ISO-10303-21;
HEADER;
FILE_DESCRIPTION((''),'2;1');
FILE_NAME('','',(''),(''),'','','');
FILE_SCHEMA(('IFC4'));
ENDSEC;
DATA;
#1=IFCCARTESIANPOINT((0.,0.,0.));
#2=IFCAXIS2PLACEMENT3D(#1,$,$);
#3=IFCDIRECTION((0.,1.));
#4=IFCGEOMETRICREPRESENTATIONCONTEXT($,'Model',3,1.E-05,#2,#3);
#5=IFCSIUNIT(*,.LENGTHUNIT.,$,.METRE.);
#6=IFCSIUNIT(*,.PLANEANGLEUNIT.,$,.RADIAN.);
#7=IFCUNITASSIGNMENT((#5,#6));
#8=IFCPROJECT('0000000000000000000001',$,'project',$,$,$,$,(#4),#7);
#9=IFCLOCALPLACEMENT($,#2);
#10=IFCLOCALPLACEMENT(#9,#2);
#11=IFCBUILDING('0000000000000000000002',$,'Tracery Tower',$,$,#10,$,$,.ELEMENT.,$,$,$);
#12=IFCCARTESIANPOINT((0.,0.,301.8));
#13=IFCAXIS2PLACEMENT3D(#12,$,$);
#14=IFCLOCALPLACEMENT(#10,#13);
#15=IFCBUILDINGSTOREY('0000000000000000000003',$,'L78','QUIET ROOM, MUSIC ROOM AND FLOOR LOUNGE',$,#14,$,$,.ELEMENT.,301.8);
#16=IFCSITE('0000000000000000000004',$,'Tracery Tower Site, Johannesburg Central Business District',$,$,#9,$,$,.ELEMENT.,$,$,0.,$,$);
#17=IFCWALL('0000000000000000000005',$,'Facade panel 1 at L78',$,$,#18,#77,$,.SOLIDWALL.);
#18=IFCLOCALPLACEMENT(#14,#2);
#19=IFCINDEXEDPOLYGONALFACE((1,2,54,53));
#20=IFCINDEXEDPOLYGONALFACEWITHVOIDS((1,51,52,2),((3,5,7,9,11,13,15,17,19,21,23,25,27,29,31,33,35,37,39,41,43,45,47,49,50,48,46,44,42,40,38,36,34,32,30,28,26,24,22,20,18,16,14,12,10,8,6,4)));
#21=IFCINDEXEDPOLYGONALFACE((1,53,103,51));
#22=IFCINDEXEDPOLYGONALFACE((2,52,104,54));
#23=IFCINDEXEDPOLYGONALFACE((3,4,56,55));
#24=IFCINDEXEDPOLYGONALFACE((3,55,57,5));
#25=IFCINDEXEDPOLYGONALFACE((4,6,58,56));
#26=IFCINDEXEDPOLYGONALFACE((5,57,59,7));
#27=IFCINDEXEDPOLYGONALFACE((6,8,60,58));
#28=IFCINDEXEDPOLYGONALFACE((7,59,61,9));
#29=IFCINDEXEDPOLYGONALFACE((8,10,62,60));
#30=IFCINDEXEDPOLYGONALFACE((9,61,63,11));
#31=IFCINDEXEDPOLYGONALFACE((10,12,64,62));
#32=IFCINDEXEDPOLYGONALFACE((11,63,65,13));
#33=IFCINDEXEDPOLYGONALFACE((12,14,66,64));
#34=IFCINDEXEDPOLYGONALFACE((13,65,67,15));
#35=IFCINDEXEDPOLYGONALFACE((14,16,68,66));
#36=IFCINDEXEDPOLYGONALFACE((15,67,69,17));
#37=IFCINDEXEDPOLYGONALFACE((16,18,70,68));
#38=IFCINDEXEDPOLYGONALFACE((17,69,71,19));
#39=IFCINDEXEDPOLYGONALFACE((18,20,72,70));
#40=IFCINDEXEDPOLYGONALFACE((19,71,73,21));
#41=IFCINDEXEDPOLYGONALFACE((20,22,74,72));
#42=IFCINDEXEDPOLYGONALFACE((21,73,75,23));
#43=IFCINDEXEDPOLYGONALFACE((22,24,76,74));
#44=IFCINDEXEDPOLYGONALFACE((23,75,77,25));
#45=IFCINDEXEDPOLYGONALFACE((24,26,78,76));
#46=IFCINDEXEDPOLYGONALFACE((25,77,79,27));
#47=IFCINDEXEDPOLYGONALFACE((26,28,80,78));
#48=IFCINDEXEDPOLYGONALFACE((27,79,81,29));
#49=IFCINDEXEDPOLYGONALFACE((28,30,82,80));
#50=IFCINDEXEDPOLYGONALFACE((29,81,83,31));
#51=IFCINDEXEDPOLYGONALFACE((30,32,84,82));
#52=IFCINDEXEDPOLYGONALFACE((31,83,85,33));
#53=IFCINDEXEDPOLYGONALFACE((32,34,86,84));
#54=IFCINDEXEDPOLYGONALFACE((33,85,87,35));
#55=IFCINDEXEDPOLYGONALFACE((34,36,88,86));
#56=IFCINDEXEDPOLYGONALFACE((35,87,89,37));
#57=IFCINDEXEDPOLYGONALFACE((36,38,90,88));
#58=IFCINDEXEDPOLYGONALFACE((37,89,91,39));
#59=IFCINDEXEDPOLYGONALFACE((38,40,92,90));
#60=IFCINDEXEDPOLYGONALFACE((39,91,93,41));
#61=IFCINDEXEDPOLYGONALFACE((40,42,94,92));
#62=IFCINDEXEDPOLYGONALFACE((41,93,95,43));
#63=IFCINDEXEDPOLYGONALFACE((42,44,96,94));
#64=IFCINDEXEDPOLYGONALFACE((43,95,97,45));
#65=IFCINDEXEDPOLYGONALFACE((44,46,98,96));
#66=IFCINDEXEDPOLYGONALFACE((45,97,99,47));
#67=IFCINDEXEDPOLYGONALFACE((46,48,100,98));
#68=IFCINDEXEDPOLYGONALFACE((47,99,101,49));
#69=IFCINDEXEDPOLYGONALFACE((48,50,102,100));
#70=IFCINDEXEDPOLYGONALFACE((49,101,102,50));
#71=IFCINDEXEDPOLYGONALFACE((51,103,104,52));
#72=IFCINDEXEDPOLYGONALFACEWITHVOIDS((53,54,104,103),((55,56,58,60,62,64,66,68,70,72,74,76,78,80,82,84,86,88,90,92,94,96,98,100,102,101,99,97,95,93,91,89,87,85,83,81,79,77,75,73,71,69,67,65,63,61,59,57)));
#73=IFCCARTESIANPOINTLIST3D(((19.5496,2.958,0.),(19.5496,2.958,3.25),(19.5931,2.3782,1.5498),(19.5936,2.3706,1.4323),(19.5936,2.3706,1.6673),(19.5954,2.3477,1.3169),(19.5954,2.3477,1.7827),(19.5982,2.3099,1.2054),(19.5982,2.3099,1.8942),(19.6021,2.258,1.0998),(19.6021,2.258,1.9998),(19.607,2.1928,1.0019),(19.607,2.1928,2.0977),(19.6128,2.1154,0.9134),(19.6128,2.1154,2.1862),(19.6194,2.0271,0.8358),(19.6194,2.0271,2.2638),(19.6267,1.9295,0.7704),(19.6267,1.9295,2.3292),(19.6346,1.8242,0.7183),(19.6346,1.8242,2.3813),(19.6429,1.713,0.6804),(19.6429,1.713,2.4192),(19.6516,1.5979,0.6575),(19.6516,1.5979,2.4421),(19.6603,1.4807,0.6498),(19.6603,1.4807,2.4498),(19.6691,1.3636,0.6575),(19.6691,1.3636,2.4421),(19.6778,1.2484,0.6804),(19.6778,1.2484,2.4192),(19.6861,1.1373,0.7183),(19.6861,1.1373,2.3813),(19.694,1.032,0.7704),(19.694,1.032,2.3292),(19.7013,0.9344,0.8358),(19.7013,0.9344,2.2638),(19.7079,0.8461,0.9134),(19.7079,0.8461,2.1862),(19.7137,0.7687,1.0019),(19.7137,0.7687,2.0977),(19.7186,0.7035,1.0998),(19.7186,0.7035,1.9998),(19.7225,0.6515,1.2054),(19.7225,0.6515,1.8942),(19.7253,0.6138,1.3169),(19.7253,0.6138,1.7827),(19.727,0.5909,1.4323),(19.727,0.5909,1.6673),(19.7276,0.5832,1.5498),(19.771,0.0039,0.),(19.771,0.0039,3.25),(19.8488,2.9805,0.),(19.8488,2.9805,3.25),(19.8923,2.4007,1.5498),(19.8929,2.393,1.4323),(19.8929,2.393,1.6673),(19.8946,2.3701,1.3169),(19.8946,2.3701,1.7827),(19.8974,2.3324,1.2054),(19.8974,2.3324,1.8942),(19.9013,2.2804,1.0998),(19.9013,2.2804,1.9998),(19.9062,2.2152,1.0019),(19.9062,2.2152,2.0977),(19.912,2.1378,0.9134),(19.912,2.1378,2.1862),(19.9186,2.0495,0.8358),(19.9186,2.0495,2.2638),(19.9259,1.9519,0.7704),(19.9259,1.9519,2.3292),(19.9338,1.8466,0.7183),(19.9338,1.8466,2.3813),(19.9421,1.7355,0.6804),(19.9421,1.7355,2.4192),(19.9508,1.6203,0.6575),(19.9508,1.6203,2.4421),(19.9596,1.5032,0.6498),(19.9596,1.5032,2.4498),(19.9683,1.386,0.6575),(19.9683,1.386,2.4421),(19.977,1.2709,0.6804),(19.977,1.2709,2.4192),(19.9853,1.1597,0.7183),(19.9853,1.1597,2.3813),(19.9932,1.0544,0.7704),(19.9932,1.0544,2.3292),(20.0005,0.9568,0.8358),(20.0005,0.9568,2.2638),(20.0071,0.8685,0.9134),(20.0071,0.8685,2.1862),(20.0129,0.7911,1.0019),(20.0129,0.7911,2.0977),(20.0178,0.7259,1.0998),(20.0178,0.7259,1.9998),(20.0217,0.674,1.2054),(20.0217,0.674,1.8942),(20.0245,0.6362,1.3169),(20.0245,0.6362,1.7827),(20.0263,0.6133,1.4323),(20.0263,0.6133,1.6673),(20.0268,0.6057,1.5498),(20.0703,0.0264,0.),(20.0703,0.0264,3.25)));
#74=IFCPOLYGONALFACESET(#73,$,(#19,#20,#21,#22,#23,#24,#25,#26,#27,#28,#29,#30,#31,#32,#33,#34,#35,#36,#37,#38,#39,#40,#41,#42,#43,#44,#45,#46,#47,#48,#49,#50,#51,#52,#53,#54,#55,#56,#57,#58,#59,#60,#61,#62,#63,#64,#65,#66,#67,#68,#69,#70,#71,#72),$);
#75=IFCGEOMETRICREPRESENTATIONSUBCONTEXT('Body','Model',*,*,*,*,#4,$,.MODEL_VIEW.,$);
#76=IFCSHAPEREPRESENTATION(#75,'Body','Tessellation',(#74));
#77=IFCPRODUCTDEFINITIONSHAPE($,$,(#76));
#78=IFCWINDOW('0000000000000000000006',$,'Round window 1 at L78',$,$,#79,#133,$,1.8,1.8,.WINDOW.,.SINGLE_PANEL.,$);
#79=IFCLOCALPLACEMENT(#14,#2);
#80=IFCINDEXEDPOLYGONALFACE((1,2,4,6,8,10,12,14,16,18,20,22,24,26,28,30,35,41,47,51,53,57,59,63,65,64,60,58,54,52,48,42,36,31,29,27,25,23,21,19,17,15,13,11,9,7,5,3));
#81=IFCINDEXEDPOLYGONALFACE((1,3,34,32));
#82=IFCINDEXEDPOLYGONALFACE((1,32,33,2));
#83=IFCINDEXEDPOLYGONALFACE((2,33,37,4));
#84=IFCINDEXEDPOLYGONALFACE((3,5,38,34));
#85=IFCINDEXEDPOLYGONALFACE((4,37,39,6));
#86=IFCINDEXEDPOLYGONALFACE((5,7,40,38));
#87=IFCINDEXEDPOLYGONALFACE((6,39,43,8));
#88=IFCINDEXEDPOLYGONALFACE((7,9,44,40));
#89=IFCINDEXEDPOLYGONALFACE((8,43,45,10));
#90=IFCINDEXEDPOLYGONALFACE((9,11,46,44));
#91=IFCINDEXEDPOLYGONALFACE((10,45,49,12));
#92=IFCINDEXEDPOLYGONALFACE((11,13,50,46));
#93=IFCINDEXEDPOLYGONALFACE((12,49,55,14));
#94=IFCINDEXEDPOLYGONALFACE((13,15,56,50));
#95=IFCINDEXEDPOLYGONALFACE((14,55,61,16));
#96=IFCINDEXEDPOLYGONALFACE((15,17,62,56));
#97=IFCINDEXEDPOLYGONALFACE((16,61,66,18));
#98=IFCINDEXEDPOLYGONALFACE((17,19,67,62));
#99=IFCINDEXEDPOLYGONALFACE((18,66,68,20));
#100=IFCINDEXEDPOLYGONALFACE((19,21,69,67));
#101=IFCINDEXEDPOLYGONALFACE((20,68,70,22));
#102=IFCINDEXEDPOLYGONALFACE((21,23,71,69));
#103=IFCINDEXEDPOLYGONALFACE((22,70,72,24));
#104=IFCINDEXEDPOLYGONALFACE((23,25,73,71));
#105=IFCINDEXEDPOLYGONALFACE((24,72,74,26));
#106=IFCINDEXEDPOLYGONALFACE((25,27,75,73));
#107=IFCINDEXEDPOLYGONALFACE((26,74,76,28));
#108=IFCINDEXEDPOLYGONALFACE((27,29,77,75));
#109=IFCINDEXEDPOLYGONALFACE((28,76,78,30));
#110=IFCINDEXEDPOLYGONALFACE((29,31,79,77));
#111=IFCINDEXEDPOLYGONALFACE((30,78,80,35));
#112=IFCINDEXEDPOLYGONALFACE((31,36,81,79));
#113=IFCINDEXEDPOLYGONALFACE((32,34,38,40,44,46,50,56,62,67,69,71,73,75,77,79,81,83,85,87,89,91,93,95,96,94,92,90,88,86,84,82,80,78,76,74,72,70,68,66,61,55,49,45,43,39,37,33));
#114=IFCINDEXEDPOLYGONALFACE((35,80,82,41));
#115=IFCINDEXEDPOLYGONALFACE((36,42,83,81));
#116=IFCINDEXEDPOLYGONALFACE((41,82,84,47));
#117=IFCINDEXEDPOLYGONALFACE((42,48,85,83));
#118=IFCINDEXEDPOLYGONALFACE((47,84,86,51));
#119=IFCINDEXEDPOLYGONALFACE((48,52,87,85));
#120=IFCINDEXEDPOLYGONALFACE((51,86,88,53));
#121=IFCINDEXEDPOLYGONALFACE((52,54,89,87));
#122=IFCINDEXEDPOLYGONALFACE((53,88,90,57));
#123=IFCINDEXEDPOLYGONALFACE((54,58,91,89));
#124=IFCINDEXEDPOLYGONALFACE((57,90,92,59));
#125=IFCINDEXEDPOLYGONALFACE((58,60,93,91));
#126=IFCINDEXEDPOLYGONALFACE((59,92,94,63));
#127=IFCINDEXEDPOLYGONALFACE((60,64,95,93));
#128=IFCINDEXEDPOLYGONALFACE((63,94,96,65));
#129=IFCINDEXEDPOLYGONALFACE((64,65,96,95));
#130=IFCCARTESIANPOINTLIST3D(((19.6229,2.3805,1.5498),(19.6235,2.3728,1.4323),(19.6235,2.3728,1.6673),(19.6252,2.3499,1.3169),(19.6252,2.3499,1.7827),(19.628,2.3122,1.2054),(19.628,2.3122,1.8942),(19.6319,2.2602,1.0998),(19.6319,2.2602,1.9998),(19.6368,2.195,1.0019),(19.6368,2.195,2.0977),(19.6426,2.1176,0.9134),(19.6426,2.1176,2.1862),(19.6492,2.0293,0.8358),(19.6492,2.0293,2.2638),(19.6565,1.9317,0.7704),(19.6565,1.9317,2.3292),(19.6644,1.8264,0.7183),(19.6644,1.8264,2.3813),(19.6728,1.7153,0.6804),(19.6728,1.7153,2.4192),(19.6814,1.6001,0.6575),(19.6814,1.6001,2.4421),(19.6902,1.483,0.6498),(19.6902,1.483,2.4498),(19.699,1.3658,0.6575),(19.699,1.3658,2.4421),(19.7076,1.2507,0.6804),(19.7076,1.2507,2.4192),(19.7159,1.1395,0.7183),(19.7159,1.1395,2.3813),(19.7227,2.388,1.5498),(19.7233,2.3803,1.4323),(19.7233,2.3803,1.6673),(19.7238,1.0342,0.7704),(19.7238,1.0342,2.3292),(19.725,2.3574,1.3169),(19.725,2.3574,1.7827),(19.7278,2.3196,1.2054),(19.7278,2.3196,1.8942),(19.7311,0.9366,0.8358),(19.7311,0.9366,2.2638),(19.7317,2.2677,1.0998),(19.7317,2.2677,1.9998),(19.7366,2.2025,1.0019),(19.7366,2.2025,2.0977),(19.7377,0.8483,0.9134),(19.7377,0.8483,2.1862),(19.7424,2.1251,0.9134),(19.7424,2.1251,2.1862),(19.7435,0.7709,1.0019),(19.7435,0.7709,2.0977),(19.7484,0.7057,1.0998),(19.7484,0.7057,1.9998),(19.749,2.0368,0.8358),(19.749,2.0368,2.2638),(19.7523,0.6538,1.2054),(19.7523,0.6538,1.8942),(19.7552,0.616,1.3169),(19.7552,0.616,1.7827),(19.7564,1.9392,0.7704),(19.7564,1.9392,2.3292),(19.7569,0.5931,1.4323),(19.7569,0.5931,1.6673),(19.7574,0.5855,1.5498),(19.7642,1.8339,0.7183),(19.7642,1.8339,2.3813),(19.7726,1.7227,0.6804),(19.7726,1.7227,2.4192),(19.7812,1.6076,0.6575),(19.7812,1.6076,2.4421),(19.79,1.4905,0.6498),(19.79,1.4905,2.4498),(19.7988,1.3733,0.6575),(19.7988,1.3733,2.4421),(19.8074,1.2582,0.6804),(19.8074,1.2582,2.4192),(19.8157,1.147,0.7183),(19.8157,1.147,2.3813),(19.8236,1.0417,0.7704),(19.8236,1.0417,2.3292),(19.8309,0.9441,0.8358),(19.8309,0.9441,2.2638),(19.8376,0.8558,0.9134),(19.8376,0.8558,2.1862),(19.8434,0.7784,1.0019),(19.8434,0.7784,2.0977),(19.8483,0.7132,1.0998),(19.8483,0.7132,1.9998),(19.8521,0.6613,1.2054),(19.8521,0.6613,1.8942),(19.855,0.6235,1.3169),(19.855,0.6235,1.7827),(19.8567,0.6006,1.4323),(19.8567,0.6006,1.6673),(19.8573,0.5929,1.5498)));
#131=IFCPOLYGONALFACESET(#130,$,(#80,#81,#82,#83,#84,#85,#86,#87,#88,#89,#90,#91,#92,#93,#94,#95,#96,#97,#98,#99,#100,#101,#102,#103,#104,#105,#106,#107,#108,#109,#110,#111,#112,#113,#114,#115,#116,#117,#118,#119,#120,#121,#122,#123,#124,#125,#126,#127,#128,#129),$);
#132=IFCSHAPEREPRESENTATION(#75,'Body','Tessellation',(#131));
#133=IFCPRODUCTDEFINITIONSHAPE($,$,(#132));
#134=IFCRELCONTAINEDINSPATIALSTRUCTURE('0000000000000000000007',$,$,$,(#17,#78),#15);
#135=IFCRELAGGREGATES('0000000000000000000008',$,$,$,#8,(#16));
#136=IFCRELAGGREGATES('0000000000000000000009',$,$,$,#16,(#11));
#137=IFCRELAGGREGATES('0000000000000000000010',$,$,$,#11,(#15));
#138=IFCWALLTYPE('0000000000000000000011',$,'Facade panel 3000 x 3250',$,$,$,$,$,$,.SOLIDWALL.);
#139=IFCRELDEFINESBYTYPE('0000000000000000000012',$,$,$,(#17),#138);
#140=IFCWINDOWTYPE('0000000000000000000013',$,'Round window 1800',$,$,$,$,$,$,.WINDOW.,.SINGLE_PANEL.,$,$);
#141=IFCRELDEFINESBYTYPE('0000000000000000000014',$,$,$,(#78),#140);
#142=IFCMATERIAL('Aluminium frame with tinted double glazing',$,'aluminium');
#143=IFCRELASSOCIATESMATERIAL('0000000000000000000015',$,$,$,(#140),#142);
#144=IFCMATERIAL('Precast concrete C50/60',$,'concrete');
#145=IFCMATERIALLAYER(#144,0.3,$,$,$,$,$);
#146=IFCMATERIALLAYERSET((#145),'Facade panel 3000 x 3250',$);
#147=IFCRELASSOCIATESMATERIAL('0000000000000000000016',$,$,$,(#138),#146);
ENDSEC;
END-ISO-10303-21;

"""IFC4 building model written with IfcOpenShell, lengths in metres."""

from ifc_helpers import new_model, si_unit, direction, frame, frame_2d, origin, origin_2d, place, context, subcontext, project, spatial, rectangle, circle, extrude, material, layer, layer_set, type_object, element, fill, save


model = new_model("IFC4")

# Units and contexts
model_context = context("Model", 3, precision=1e-05, world=origin(), true_north=direction((0.0, 1.0)))
body_context = subcontext(model_context, "Body", "Model", "MODEL_VIEW")
ifc_project = project(units=[si_unit("LENGTHUNIT", "METRE"), si_unit("PLANEANGLEUNIT", "RADIAN")], contexts=[model_context])

# Site, building, storey
site_placement = place(None, origin())
site = spatial("IfcSite", under=ifc_project, at=site_placement, Name="Tracery Tower Site, Johannesburg Central Business District", CompositionType="ELEMENT", RefElevation=0.0)
building_placement = place(site_placement, origin())
building = spatial("IfcBuilding", under=site, at=building_placement, Name="Tracery Tower", CompositionType="ELEMENT")
storey_placement = place(building_placement, frame((0.0, 0.0, 301.8)))
storey = spatial("IfcBuildingStorey", under=building, at=storey_placement, Name="L78", Description="QUIET ROOM, MUSIC ROOM AND FLOOR LOUNGE", CompositionType="ELEMENT", Elevation=301.8)

# Wall, opening, window
ifc_material_1 = material(Name="Aluminium frame with tinted double glazing", Category="aluminium")
window_type = type_object("IfcWindowType", Name="Round window 1800", PartitioningType="SINGLE_PANEL", PredefinedType="WINDOW", material=ifc_material_1)
ifc_material_2 = material(Name="Precast concrete C50/60", Category="concrete")
ifc_layer_1 = layer(ifc_material_2, 0.3)
ifc_layer_set_1 = layer_set([ifc_layer_1], Name="Facade panel 3000 x 3250")
wall_type_1 = type_object("IfcWallType", Name="Facade panel 3000 x 3250", PredefinedType="SOLIDWALL", material=ifc_layer_set_1)
wall_1_placement = place(storey_placement, frame((19.9207, 0.0151, 0.0), z_axis=(0.0, 0.0, 1.0), x_axis=(-0.074749, 0.997202, 0.0)))
wall_1 = element("IfcWall", 1, at=wall_1_placement, inside=storey, type_object=wall_type_1, Name="Facade panel 1 at L78", PredefinedType="SOLIDWALL", context=body_context, shape_type="SweptSolid", body=[
    extrude(rectangle(XDim=2.9624, YDim=0.3, at=frame_2d((1.4812, 0.0))), origin(), (0.0, 0.0, 1.0), 3.25),
])
opening_1_placement = place(wall_1_placement, frame((1.481, 0.0, 1.5498)))
opening_1 = element("IfcOpeningElement", 2, at=opening_1_placement, cuts=wall_1, PredefinedType="OPENING", context=body_context, shape_type="SweptSolid", body=[
    extrude(circle(Radius=0.9, at=origin_2d()), frame((0.0, 0.1599, 0.0), z_axis=(0.0, -1.0, 0.0), x_axis=(1.0, 0.0, 0.0)), (0.0, 0.0, 1.0), 0.3201),
])
window_1_placement = place(opening_1_placement, origin())
window_1 = element("IfcWindow", 3, at=window_1_placement, inside=storey, type_object=window_type, Name="Round window 1 at L78", OverallHeight=1.8, OverallWidth=1.8, PartitioningType="SINGLE_PANEL", PredefinedType="WINDOW", context=body_context, shape_type="SweptSolid", body=[
    extrude(circle(Radius=0.9, at=origin_2d()), frame((0.0, 0.1201, 0.0), z_axis=(0.0, -1.0, 0.0), x_axis=(1.0, 0.0, 0.0)), (0.0, 0.0, 1.0), 0.1001),
])
fill(opening_1, window_1)

save(model, "model.ifc")
